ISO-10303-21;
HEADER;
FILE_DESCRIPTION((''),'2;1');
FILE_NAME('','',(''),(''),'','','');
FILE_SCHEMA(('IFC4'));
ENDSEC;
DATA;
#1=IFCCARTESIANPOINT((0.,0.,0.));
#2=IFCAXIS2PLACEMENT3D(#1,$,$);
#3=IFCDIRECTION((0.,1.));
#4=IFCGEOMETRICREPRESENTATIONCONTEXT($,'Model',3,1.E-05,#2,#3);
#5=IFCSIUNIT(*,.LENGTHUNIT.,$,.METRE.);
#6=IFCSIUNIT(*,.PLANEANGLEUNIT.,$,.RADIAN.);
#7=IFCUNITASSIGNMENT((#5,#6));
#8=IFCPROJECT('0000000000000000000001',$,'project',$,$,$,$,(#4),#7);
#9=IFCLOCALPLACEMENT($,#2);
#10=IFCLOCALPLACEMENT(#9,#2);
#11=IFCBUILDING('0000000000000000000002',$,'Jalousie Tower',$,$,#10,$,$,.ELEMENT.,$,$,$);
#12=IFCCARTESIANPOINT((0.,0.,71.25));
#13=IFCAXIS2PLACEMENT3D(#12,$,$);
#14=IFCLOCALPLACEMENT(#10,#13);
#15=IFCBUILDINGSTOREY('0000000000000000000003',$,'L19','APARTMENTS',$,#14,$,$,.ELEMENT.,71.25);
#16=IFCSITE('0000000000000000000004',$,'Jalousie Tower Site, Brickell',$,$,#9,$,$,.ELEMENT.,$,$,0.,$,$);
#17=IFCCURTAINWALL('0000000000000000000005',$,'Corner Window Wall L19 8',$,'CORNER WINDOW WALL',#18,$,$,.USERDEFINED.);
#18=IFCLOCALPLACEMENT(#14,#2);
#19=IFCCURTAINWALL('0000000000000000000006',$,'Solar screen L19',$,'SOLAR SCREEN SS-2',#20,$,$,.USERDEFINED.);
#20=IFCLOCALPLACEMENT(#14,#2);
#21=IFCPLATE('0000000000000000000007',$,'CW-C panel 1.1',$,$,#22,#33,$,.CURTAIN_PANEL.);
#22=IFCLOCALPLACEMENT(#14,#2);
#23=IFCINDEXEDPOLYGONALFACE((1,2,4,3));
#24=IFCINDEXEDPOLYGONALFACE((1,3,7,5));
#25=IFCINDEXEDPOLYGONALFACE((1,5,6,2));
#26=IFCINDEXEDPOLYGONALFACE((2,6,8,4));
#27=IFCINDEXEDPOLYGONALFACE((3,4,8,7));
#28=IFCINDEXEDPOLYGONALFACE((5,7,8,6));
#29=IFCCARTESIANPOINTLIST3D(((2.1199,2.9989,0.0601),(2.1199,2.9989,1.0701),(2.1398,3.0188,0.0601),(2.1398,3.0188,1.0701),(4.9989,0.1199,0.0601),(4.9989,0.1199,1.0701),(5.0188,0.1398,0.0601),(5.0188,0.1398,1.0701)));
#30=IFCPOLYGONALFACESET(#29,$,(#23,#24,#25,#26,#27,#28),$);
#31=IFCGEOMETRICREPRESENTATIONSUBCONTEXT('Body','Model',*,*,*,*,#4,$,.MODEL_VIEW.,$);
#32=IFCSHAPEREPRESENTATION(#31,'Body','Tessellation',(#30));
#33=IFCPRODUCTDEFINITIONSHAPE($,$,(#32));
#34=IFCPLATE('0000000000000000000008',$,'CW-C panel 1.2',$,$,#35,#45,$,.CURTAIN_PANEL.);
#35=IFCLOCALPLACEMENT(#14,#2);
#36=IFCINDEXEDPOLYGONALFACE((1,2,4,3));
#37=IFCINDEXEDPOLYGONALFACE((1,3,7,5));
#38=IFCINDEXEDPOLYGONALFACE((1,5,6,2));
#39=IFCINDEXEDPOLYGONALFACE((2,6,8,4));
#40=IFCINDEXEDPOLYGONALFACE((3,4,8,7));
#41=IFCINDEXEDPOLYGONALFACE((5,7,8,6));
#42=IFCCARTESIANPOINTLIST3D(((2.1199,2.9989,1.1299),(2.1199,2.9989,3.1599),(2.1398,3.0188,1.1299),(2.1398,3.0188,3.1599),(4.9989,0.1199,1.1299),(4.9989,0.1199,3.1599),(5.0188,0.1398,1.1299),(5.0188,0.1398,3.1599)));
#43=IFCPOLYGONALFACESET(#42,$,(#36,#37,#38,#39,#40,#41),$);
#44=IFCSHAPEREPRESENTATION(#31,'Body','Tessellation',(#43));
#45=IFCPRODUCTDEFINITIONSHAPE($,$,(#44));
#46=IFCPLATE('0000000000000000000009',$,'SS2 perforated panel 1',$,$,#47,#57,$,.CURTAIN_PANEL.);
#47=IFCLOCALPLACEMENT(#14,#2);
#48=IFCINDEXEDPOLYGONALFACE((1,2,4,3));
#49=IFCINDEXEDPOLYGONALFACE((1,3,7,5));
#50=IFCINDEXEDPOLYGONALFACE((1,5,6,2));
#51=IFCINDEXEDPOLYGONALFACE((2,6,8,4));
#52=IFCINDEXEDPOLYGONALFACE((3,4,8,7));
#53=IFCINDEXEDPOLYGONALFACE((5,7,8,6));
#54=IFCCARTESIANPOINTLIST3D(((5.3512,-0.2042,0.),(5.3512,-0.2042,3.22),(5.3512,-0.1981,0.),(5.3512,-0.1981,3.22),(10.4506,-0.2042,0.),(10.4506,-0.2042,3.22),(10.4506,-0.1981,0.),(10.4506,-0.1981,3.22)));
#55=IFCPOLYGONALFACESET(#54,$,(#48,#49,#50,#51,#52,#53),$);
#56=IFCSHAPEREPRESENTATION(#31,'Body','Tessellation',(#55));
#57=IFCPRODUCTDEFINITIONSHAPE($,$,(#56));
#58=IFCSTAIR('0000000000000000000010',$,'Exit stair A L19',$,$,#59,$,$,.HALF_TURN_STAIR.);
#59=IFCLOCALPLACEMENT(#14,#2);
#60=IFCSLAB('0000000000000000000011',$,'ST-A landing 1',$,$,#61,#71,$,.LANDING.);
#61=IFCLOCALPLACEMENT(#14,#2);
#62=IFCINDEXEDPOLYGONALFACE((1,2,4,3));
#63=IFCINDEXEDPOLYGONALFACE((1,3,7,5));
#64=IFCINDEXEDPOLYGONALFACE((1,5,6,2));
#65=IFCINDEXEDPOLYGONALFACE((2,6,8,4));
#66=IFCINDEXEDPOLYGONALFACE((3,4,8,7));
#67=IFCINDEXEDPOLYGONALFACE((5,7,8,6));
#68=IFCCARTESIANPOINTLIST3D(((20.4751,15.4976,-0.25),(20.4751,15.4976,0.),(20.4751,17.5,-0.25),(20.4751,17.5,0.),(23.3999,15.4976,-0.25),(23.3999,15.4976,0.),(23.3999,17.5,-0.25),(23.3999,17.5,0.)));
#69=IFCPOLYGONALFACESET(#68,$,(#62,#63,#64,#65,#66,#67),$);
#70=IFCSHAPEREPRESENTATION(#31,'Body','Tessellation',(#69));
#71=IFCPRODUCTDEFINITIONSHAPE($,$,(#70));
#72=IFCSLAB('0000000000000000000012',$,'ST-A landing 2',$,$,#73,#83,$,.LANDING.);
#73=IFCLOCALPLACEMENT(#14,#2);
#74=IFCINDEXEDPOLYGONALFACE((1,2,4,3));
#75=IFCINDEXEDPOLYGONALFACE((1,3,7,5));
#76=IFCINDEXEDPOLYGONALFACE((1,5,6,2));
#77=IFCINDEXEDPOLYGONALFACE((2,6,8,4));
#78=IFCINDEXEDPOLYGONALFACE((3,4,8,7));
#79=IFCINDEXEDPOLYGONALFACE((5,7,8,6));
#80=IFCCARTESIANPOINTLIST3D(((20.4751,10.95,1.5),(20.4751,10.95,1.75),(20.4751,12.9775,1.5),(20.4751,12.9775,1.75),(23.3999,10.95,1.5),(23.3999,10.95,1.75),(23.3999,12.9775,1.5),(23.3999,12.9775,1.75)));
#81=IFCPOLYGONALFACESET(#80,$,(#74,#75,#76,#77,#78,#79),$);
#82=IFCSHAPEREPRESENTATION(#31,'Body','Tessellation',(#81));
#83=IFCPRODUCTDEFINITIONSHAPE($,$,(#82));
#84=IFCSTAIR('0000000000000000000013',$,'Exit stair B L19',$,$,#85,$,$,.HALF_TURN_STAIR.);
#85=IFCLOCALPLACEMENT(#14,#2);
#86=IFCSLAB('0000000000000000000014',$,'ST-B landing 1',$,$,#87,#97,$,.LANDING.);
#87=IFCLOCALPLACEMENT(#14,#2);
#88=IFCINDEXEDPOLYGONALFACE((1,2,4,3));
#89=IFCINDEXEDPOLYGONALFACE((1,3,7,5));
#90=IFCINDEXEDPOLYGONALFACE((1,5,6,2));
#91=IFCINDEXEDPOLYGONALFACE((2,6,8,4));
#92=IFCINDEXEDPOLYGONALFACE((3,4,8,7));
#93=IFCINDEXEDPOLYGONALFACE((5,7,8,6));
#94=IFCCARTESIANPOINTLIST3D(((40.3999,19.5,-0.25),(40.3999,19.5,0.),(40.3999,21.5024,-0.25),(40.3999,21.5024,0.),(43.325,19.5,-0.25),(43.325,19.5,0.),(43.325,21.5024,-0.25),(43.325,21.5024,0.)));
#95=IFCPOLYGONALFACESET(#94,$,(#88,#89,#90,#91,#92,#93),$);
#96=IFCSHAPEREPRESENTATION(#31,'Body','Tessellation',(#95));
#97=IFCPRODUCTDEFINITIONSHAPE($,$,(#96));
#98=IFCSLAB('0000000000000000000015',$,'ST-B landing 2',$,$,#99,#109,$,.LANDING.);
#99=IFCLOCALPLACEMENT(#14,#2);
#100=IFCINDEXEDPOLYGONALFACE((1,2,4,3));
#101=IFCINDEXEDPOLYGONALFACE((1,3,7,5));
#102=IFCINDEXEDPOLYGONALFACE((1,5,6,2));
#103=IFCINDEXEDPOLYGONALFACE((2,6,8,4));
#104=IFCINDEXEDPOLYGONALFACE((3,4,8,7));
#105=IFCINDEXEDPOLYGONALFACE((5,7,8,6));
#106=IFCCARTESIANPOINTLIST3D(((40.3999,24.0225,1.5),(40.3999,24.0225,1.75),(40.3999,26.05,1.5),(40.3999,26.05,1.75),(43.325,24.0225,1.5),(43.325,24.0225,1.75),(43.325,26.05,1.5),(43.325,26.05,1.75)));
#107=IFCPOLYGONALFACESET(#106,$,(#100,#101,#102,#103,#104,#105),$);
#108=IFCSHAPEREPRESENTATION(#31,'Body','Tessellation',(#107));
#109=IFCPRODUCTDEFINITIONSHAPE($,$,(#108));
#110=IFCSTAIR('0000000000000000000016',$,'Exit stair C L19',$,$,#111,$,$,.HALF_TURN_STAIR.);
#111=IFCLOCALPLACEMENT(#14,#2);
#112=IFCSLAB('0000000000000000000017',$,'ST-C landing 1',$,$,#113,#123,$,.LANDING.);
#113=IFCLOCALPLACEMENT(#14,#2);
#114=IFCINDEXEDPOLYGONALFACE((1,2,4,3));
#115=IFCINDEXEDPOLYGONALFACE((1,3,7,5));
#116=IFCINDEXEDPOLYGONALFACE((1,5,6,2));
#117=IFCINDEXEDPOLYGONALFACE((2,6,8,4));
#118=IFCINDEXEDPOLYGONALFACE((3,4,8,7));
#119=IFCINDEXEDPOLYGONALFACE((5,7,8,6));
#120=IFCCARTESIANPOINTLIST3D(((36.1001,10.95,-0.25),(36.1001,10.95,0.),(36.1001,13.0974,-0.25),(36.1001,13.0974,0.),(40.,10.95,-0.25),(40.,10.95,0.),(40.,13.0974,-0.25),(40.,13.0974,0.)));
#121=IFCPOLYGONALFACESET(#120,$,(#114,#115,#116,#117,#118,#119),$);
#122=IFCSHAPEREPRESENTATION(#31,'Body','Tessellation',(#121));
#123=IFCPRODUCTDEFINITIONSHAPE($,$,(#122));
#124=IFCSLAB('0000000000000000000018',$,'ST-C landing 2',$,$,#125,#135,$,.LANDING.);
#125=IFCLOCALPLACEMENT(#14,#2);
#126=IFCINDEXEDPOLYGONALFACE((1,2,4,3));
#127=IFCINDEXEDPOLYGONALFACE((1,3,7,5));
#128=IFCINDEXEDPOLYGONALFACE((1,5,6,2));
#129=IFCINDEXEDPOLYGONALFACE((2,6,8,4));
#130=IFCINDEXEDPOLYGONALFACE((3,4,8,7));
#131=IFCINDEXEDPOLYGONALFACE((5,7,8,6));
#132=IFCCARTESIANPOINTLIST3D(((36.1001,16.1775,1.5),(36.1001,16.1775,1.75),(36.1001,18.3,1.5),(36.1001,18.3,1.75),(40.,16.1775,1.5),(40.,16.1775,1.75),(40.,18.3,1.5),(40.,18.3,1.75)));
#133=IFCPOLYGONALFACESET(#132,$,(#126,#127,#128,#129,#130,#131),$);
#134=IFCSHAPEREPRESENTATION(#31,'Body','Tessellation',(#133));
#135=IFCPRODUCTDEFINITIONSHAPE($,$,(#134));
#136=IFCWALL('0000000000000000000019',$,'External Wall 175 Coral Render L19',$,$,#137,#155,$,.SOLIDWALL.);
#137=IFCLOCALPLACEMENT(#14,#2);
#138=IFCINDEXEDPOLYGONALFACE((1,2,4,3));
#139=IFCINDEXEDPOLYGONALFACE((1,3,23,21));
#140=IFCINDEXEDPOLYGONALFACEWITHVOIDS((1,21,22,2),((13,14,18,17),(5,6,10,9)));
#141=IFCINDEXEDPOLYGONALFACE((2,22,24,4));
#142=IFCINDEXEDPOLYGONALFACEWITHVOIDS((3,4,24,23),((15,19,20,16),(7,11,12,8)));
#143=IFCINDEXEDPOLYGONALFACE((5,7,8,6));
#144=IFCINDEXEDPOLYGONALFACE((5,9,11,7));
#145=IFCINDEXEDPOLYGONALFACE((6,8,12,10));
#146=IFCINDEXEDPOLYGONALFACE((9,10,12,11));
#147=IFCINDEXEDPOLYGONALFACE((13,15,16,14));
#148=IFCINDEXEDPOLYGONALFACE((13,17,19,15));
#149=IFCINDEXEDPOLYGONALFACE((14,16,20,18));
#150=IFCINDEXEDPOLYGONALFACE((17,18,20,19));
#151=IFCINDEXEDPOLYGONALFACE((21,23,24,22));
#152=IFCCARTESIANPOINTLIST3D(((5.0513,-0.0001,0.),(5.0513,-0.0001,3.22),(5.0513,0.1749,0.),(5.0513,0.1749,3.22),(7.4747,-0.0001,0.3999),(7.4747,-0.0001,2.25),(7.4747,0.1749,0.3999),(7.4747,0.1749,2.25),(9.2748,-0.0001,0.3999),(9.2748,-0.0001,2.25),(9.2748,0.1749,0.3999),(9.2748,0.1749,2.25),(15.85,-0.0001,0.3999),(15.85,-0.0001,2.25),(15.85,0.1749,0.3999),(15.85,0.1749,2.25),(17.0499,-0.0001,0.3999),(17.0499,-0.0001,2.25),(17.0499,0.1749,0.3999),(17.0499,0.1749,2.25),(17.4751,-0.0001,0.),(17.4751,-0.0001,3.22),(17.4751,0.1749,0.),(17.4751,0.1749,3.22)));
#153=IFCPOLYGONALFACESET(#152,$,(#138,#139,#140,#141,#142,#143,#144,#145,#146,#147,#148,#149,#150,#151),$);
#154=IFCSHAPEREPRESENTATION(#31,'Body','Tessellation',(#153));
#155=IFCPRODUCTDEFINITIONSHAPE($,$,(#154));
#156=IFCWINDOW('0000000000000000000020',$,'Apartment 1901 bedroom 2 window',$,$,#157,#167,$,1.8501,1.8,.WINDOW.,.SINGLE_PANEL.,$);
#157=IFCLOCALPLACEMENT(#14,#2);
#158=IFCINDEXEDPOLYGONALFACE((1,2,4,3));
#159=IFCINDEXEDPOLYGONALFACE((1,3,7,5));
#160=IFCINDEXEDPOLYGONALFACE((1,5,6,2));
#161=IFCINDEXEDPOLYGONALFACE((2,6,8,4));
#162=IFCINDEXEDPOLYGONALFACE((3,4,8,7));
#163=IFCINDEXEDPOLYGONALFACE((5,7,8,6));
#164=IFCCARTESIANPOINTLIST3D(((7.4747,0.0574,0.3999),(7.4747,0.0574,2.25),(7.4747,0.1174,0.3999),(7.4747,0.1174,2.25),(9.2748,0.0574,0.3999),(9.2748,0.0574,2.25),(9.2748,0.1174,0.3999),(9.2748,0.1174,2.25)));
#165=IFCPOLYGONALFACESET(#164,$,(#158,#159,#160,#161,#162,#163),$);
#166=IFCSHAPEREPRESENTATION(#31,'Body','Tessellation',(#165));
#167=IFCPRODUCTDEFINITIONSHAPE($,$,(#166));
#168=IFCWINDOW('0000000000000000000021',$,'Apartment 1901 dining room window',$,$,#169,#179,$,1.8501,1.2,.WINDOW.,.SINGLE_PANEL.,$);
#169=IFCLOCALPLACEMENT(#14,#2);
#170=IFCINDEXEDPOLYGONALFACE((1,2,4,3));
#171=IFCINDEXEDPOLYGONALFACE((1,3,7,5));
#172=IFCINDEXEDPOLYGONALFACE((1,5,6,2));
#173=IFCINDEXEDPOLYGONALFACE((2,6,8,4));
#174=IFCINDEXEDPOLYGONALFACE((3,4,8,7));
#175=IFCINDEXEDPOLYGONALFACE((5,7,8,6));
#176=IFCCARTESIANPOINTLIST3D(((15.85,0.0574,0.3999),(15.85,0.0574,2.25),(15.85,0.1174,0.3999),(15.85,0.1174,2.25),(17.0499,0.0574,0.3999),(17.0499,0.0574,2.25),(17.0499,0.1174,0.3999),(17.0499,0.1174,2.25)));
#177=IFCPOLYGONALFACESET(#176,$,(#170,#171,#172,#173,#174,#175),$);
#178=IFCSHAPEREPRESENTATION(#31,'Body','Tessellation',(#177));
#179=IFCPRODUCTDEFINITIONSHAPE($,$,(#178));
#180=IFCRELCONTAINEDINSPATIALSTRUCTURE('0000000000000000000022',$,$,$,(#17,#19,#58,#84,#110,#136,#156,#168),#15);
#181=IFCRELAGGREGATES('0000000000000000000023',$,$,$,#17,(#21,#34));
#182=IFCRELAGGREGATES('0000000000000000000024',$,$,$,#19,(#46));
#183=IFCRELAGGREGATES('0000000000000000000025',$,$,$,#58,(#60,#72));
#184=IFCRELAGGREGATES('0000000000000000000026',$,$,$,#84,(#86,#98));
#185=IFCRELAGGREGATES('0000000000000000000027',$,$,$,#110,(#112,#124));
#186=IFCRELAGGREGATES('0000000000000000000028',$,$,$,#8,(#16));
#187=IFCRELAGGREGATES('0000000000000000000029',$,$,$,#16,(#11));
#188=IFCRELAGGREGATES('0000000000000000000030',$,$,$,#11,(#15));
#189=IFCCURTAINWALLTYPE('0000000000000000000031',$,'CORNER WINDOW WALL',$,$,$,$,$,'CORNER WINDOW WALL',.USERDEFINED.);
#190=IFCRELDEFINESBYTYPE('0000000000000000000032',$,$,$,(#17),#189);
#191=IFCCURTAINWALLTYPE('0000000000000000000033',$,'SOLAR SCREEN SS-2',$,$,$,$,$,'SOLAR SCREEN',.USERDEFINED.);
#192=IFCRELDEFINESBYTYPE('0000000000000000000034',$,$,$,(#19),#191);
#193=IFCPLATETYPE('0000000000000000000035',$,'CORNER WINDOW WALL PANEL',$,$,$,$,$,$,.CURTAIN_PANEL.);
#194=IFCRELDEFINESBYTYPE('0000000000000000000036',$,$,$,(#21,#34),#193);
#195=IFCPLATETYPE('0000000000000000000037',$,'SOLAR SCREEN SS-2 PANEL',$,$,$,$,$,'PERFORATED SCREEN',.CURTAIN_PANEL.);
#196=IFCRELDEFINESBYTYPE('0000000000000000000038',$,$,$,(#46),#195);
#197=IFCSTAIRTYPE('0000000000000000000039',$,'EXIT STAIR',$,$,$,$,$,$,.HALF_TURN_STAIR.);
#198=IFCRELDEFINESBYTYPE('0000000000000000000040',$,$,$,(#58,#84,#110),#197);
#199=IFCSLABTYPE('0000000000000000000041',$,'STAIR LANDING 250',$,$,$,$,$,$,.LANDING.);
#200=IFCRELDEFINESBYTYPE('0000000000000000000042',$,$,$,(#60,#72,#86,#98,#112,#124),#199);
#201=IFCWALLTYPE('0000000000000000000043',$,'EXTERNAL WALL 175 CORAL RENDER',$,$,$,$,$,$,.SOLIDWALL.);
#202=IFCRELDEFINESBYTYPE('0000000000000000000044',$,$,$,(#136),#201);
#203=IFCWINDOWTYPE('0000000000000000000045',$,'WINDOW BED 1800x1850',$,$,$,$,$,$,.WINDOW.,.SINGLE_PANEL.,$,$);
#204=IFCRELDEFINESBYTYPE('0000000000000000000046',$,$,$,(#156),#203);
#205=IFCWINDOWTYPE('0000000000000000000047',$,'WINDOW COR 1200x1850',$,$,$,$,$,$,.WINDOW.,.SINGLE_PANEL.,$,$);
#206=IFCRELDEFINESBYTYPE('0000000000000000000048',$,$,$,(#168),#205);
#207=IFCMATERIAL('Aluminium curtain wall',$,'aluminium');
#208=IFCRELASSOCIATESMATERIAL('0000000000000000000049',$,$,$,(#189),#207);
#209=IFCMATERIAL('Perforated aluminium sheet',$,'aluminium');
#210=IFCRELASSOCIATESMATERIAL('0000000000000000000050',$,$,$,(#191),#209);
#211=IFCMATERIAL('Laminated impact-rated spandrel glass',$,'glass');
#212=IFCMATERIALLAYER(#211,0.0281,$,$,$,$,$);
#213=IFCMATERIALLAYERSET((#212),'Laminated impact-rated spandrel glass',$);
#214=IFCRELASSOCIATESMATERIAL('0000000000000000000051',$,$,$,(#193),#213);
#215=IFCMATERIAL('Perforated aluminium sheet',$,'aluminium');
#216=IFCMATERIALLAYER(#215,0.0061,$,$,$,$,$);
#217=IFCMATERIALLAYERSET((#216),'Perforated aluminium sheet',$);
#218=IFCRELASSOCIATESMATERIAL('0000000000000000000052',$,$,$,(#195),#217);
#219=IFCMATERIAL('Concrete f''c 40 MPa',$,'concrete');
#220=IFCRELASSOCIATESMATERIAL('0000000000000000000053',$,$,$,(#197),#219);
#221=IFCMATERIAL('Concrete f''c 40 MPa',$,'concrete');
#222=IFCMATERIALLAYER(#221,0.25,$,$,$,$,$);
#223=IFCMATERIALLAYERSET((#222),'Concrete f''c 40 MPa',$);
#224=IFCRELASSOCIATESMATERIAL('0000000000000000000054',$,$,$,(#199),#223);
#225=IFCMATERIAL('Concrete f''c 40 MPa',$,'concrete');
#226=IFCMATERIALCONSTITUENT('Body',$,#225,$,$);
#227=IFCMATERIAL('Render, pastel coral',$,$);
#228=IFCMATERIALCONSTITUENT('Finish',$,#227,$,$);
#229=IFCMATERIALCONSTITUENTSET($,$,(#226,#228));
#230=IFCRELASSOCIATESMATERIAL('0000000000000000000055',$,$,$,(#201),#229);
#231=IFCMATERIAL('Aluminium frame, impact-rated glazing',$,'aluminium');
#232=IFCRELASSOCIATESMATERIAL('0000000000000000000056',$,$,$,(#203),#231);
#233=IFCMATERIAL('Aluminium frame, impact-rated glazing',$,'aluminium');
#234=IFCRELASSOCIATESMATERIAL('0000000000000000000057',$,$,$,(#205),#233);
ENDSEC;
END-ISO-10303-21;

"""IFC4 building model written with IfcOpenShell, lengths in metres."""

from ifc_helpers import new_model, si_unit, direction, frame, frame_2d, origin, origin_2d, place, context, subcontext, project, spatial, polyline, rectangle, outline, extrude, material, layer, layer_set, constituent, constituent_set, type_object, element, fill, aggregate, save


model = new_model("IFC4")

# Units and contexts
model_context = context("Model", 3, precision=1e-05, world=origin(), true_north=direction((0.0, 1.0)))
body_context = subcontext(model_context, "Body", "Model", "MODEL_VIEW")
ifc_project = project(units=[si_unit("LENGTHUNIT", "METRE"), si_unit("PLANEANGLEUNIT", "RADIAN")], contexts=[model_context])

# Site, building, storey
site_placement = place(None, origin())
site = spatial("IfcSite", under=ifc_project, at=site_placement, Name="Jalousie Tower Site, Brickell", CompositionType="ELEMENT", RefElevation=0.0)
building_placement = place(site_placement, origin())
building = spatial("IfcBuilding", under=site, at=building_placement, Name="Jalousie Tower", CompositionType="ELEMENT")
storey_placement = place(building_placement, frame((0.0, 0.0, 71.25)))
storey = spatial("IfcBuildingStorey", under=building, at=storey_placement, Name="L19", Description="APARTMENTS", CompositionType="ELEMENT", Elevation=71.25)

# Curtain wall
ifc_material_1 = material(Name="Aluminium curtain wall", Category="aluminium")
curtain_wall_type_1 = type_object("IfcCurtainWallType", Name="CORNER WINDOW WALL", ElementType="CORNER WINDOW WALL", PredefinedType="USERDEFINED", material=ifc_material_1)
curtain_wall_1_placement = place(storey_placement, origin())
curtain_wall_1 = element("IfcCurtainWall", 1, at=curtain_wall_1_placement, inside=storey, type_object=curtain_wall_type_1, Name="Corner Window Wall L19 8", ObjectType="CORNER WINDOW WALL", PredefinedType="USERDEFINED")

# Curtain wall
ifc_material_2 = material(Name="Perforated aluminium sheet", Category="aluminium")
curtain_wall_type_2 = type_object("IfcCurtainWallType", Name="SOLAR SCREEN SS-2", ElementType="SOLAR SCREEN", PredefinedType="USERDEFINED", material=ifc_material_2)
curtain_wall_2_placement = place(storey_placement, origin())
curtain_wall_2 = element("IfcCurtainWall", 2, at=curtain_wall_2_placement, inside=storey, type_object=curtain_wall_type_2, Name="Solar screen L19", ObjectType="SOLAR SCREEN SS-2", PredefinedType="USERDEFINED")

# Plates
ifc_material_3 = material(Name="Laminated impact-rated spandrel glass", Category="glass")
ifc_layer_1 = layer(ifc_material_3, 0.0281)
ifc_layer_set_1 = layer_set([ifc_layer_1], Name="Laminated impact-rated spandrel glass")
plate_type_1 = type_object("IfcPlateType", Name="CORNER WINDOW WALL PANEL", PredefinedType="CURTAIN_PANEL", material=ifc_layer_set_1)
plate_1_placement = place(storey_placement, frame((3.5693, 1.5693, 0.0601), z_axis=(0.0, 0.0, 1.0), x_axis=(0.707107, -0.707107, 0.0)))
plate_1 = element("IfcPlate", 3, at=plate_1_placement, type_object=plate_type_1, Name="CW-C panel 1.1", PredefinedType="CURTAIN_PANEL", context=body_context, shape_type="SweptSolid", body=[
    extrude(rectangle(XDim=4.0715, YDim=0.0281, at=origin_2d()), origin(), (0.0, 0.0, 1.0), 1.01),
])
plate_2_placement = place(storey_placement, frame((3.5693, 1.5693, 1.1299), z_axis=(0.0, 0.0, 1.0), x_axis=(0.707107, -0.707107, 0.0)))
plate_2 = element("IfcPlate", 4, at=plate_2_placement, type_object=plate_type_1, Name="CW-C panel 1.2", PredefinedType="CURTAIN_PANEL", context=body_context, shape_type="SweptSolid", body=[
    extrude(rectangle(XDim=4.0715, YDim=0.0281, at=origin_2d()), origin(), (0.0, 0.0, 1.0), 2.03),
])
aggregate(curtain_wall_1, [plate_1, plate_2])

# Plate
ifc_material_4 = material(Name="Perforated aluminium sheet", Category="aluminium")
ifc_layer_2 = layer(ifc_material_4, 0.0061)
ifc_layer_set_2 = layer_set([ifc_layer_2], Name="Perforated aluminium sheet")
plate_type_2 = type_object("IfcPlateType", Name="SOLAR SCREEN SS-2 PANEL", ElementType="PERFORATED SCREEN", PredefinedType="CURTAIN_PANEL", material=ifc_layer_set_2)
plate_3_placement = place(storey_placement, frame((7.9009, -0.2012, 0.0), z_axis=(0.0, 0.0, 1.0), x_axis=(1.0, 0.0, 0.0)))
plate_3 = element("IfcPlate", 5, at=plate_3_placement, type_object=plate_type_2, Name="SS2 perforated panel 1", PredefinedType="CURTAIN_PANEL", context=body_context, shape_type="SweptSolid", body=[
    extrude(rectangle(XDim=5.0994, YDim=0.0061, at=origin_2d()), origin(), (0.0, 0.0, 1.0), 3.22),
])
aggregate(curtain_wall_2, [plate_3])

# Stairs, slabs
ifc_material_5 = material(Name="Concrete f'c 40 MPa", Category="concrete")
stair_type = type_object("IfcStairType", Name="EXIT STAIR", PredefinedType="HALF_TURN_STAIR", material=ifc_material_5)
stair_1_placement = place(storey_placement, origin())
stair_1 = element("IfcStair", 6, at=stair_1_placement, inside=storey, type_object=stair_type, Name="Exit stair A L19", PredefinedType="HALF_TURN_STAIR")
ifc_material_6 = material(Name="Concrete f'c 40 MPa", Category="concrete")
ifc_layer_3 = layer(ifc_material_6, 0.25)
ifc_layer_set_3 = layer_set([ifc_layer_3], Name="Concrete f'c 40 MPa")
slab_type_1 = type_object("IfcSlabType", Name="STAIR LANDING 250", PredefinedType="LANDING", material=ifc_layer_set_3)
slab_1_placement = place(storey_placement, frame((0.0, 0.0, -0.25)))
slab_1 = element("IfcSlab", 7, at=slab_1_placement, type_object=slab_type_1, Name="ST-A landing 1", PredefinedType="LANDING", context=body_context, shape_type="SweptSolid", body=[
    extrude(outline(polyline([(20.4751, 15.4976), (23.3999, 15.4976), (23.3999, 17.5), (20.4751, 17.5), (20.4751, 15.4976)])), origin(), (0.0, 0.0, 1.0), 0.25),
])
slab_2_placement = place(storey_placement, frame((0.0, 0.0, 1.5)))
slab_2 = element("IfcSlab", 8, at=slab_2_placement, type_object=slab_type_1, Name="ST-A landing 2", PredefinedType="LANDING", context=body_context, shape_type="SweptSolid", body=[
    extrude(outline(polyline([(20.4751, 10.95), (23.3999, 10.95), (23.3999, 12.9775), (20.4751, 12.9775), (20.4751, 10.95)])), origin(), (0.0, 0.0, 1.0), 0.25),
])
aggregate(stair_1, [slab_1, slab_2])
stair_2_placement = place(storey_placement, origin())
stair_2 = element("IfcStair", 9, at=stair_2_placement, inside=storey, type_object=stair_type, Name="Exit stair B L19", PredefinedType="HALF_TURN_STAIR")
slab_3_placement = place(storey_placement, frame((0.0, 0.0, -0.25)))
slab_3 = element("IfcSlab", 10, at=slab_3_placement, type_object=slab_type_1, Name="ST-B landing 1", PredefinedType="LANDING", context=body_context, shape_type="SweptSolid", body=[
    extrude(outline(polyline([(40.3999, 19.5), (43.325, 19.5), (43.325, 21.5024), (40.3999, 21.5024), (40.3999, 19.5)])), origin(), (0.0, 0.0, 1.0), 0.25),
])
slab_4_placement = place(storey_placement, frame((0.0, 0.0, 1.5)))
slab_4 = element("IfcSlab", 11, at=slab_4_placement, type_object=slab_type_1, Name="ST-B landing 2", PredefinedType="LANDING", context=body_context, shape_type="SweptSolid", body=[
    extrude(outline(polyline([(40.3999, 24.0225), (43.325, 24.0225), (43.325, 26.05), (40.3999, 26.05), (40.3999, 24.0225)])), origin(), (0.0, 0.0, 1.0), 0.25),
])
aggregate(stair_2, [slab_3, slab_4])
stair_3_placement = place(storey_placement, origin())
stair_3 = element("IfcStair", 12, at=stair_3_placement, inside=storey, type_object=stair_type, Name="Exit stair C L19", PredefinedType="HALF_TURN_STAIR")
slab_5_placement = place(storey_placement, frame((0.0, 0.0, -0.25)))
slab_5 = element("IfcSlab", 13, at=slab_5_placement, type_object=slab_type_1, Name="ST-C landing 1", PredefinedType="LANDING", context=body_context, shape_type="SweptSolid", body=[
    extrude(outline(polyline([(36.1001, 10.95), (40.0, 10.95), (40.0, 13.0974), (36.1001, 13.0974), (36.1001, 10.95)])), origin(), (0.0, 0.0, 1.0), 0.25),
])
slab_6_placement = place(storey_placement, frame((0.0, 0.0, 1.5)))
slab_6 = element("IfcSlab", 14, at=slab_6_placement, type_object=slab_type_1, Name="ST-C landing 2", PredefinedType="LANDING", context=body_context, shape_type="SweptSolid", body=[
    extrude(outline(polyline([(36.1001, 16.1775), (40.0, 16.1775), (40.0, 18.3), (36.1001, 18.3), (36.1001, 16.1775)])), origin(), (0.0, 0.0, 1.0), 0.25),
])
aggregate(stair_3, [slab_5, slab_6])

# Wall, openings, windows
ifc_material_7 = material(Name="Concrete f'c 40 MPa", Category="concrete")
ifc_constituent_1 = constituent(ifc_material_7, Name="Body")
ifc_material_8 = material(Name="Render, pastel coral")
ifc_constituent_2 = constituent(ifc_material_8, Name="Finish")
ifc_constituent_set_1 = constituent_set(constituents=[ifc_constituent_1, ifc_constituent_2])
wall_type_1 = type_object("IfcWallType", Name="EXTERNAL WALL 175 CORAL RENDER", PredefinedType="SOLIDWALL", material=ifc_constituent_set_1)
wall_1_placement = place(storey_placement, frame((5.0513, 0.0874, 0.0), z_axis=(0.0, 0.0, 1.0), x_axis=(1.0, 0.0, 0.0)))
wall_1 = element("IfcWall", 15, at=wall_1_placement, inside=storey, type_object=wall_type_1, Name="External Wall 175 Coral Render L19", PredefinedType="SOLIDWALL", context=body_context, shape_type="SweptSolid", body=[
    extrude(rectangle(XDim=12.4238, YDim=0.175, at=frame_2d((6.2119, 0.0))), origin(), (0.0, 0.0, 1.0), 3.22),
])
opening_1_placement = place(wall_1_placement, frame((2.4236, 0.0, 0.3999)))
opening_1 = element("IfcOpeningElement", 16, at=opening_1_placement, cuts=wall_1, PredefinedType="OPENING", context=body_context, shape_type="SweptSolid", body=[
    extrude(rectangle(XDim=1.8, YDim=1.8501, at=frame_2d((0.8999, 0.925))), frame((0.0, 0.0974, 0.0), z_axis=(0.0, -1.0, 0.0), x_axis=(1.0, 0.0, 0.0)), (0.0, 0.0, 1.0), 0.1951),
])
opening_2_placement = place(wall_1_placement, frame((10.7986, 0.0, 0.3999)))
opening_2 = element("IfcOpeningElement", 17, at=opening_2_placement, cuts=wall_1, PredefinedType="OPENING", context=body_context, shape_type="SweptSolid", body=[
    extrude(rectangle(XDim=1.2, YDim=1.8501, at=frame_2d((0.6001, 0.925))), frame((0.0, 0.0974, 0.0), z_axis=(0.0, -1.0, 0.0), x_axis=(1.0, 0.0, 0.0)), (0.0, 0.0, 1.0), 0.1951),
])
ifc_material_9 = material(Name="Aluminium frame, impact-rated glazing", Category="aluminium")
window_type_1 = type_object("IfcWindowType", Name="WINDOW BED 1800x1850", PartitioningType="SINGLE_PANEL", PredefinedType="WINDOW", material=ifc_material_9)
window_1_placement = place(opening_1_placement, origin())
window_1 = element("IfcWindow", 18, at=window_1_placement, inside=storey, type_object=window_type_1, Name="Apartment 1901 bedroom 2 window", OverallHeight=1.8501, OverallWidth=1.8, PartitioningType="SINGLE_PANEL", PredefinedType="WINDOW", context=body_context, shape_type="SweptSolid", body=[
    extrude(rectangle(XDim=1.8, YDim=1.8501, at=frame_2d((0.8999, 0.925))), frame((0.0, 0.03, 0.0), z_axis=(0.0, -1.0, 0.0), x_axis=(1.0, 0.0, 0.0)), (0.0, 0.0, 1.0), 0.0601),
])
fill(opening_1, window_1)
ifc_material_10 = material(Name="Aluminium frame, impact-rated glazing", Category="aluminium")
window_type_2 = type_object("IfcWindowType", Name="WINDOW COR 1200x1850", PartitioningType="SINGLE_PANEL", PredefinedType="WINDOW", material=ifc_material_10)
window_2_placement = place(opening_2_placement, origin())
window_2 = element("IfcWindow", 19, at=window_2_placement, inside=storey, type_object=window_type_2, Name="Apartment 1901 dining room window", OverallHeight=1.8501, OverallWidth=1.2, PartitioningType="SINGLE_PANEL", PredefinedType="WINDOW", context=body_context, shape_type="SweptSolid", body=[
    extrude(rectangle(XDim=1.2, YDim=1.8501, at=frame_2d((0.6001, 0.925))), frame((0.0, 0.03, 0.0), z_axis=(0.0, -1.0, 0.0), x_axis=(1.0, 0.0, 0.0)), (0.0, 0.0, 1.0), 0.0601),
])
fill(opening_2, window_2)

save(model, "model.ifc")
